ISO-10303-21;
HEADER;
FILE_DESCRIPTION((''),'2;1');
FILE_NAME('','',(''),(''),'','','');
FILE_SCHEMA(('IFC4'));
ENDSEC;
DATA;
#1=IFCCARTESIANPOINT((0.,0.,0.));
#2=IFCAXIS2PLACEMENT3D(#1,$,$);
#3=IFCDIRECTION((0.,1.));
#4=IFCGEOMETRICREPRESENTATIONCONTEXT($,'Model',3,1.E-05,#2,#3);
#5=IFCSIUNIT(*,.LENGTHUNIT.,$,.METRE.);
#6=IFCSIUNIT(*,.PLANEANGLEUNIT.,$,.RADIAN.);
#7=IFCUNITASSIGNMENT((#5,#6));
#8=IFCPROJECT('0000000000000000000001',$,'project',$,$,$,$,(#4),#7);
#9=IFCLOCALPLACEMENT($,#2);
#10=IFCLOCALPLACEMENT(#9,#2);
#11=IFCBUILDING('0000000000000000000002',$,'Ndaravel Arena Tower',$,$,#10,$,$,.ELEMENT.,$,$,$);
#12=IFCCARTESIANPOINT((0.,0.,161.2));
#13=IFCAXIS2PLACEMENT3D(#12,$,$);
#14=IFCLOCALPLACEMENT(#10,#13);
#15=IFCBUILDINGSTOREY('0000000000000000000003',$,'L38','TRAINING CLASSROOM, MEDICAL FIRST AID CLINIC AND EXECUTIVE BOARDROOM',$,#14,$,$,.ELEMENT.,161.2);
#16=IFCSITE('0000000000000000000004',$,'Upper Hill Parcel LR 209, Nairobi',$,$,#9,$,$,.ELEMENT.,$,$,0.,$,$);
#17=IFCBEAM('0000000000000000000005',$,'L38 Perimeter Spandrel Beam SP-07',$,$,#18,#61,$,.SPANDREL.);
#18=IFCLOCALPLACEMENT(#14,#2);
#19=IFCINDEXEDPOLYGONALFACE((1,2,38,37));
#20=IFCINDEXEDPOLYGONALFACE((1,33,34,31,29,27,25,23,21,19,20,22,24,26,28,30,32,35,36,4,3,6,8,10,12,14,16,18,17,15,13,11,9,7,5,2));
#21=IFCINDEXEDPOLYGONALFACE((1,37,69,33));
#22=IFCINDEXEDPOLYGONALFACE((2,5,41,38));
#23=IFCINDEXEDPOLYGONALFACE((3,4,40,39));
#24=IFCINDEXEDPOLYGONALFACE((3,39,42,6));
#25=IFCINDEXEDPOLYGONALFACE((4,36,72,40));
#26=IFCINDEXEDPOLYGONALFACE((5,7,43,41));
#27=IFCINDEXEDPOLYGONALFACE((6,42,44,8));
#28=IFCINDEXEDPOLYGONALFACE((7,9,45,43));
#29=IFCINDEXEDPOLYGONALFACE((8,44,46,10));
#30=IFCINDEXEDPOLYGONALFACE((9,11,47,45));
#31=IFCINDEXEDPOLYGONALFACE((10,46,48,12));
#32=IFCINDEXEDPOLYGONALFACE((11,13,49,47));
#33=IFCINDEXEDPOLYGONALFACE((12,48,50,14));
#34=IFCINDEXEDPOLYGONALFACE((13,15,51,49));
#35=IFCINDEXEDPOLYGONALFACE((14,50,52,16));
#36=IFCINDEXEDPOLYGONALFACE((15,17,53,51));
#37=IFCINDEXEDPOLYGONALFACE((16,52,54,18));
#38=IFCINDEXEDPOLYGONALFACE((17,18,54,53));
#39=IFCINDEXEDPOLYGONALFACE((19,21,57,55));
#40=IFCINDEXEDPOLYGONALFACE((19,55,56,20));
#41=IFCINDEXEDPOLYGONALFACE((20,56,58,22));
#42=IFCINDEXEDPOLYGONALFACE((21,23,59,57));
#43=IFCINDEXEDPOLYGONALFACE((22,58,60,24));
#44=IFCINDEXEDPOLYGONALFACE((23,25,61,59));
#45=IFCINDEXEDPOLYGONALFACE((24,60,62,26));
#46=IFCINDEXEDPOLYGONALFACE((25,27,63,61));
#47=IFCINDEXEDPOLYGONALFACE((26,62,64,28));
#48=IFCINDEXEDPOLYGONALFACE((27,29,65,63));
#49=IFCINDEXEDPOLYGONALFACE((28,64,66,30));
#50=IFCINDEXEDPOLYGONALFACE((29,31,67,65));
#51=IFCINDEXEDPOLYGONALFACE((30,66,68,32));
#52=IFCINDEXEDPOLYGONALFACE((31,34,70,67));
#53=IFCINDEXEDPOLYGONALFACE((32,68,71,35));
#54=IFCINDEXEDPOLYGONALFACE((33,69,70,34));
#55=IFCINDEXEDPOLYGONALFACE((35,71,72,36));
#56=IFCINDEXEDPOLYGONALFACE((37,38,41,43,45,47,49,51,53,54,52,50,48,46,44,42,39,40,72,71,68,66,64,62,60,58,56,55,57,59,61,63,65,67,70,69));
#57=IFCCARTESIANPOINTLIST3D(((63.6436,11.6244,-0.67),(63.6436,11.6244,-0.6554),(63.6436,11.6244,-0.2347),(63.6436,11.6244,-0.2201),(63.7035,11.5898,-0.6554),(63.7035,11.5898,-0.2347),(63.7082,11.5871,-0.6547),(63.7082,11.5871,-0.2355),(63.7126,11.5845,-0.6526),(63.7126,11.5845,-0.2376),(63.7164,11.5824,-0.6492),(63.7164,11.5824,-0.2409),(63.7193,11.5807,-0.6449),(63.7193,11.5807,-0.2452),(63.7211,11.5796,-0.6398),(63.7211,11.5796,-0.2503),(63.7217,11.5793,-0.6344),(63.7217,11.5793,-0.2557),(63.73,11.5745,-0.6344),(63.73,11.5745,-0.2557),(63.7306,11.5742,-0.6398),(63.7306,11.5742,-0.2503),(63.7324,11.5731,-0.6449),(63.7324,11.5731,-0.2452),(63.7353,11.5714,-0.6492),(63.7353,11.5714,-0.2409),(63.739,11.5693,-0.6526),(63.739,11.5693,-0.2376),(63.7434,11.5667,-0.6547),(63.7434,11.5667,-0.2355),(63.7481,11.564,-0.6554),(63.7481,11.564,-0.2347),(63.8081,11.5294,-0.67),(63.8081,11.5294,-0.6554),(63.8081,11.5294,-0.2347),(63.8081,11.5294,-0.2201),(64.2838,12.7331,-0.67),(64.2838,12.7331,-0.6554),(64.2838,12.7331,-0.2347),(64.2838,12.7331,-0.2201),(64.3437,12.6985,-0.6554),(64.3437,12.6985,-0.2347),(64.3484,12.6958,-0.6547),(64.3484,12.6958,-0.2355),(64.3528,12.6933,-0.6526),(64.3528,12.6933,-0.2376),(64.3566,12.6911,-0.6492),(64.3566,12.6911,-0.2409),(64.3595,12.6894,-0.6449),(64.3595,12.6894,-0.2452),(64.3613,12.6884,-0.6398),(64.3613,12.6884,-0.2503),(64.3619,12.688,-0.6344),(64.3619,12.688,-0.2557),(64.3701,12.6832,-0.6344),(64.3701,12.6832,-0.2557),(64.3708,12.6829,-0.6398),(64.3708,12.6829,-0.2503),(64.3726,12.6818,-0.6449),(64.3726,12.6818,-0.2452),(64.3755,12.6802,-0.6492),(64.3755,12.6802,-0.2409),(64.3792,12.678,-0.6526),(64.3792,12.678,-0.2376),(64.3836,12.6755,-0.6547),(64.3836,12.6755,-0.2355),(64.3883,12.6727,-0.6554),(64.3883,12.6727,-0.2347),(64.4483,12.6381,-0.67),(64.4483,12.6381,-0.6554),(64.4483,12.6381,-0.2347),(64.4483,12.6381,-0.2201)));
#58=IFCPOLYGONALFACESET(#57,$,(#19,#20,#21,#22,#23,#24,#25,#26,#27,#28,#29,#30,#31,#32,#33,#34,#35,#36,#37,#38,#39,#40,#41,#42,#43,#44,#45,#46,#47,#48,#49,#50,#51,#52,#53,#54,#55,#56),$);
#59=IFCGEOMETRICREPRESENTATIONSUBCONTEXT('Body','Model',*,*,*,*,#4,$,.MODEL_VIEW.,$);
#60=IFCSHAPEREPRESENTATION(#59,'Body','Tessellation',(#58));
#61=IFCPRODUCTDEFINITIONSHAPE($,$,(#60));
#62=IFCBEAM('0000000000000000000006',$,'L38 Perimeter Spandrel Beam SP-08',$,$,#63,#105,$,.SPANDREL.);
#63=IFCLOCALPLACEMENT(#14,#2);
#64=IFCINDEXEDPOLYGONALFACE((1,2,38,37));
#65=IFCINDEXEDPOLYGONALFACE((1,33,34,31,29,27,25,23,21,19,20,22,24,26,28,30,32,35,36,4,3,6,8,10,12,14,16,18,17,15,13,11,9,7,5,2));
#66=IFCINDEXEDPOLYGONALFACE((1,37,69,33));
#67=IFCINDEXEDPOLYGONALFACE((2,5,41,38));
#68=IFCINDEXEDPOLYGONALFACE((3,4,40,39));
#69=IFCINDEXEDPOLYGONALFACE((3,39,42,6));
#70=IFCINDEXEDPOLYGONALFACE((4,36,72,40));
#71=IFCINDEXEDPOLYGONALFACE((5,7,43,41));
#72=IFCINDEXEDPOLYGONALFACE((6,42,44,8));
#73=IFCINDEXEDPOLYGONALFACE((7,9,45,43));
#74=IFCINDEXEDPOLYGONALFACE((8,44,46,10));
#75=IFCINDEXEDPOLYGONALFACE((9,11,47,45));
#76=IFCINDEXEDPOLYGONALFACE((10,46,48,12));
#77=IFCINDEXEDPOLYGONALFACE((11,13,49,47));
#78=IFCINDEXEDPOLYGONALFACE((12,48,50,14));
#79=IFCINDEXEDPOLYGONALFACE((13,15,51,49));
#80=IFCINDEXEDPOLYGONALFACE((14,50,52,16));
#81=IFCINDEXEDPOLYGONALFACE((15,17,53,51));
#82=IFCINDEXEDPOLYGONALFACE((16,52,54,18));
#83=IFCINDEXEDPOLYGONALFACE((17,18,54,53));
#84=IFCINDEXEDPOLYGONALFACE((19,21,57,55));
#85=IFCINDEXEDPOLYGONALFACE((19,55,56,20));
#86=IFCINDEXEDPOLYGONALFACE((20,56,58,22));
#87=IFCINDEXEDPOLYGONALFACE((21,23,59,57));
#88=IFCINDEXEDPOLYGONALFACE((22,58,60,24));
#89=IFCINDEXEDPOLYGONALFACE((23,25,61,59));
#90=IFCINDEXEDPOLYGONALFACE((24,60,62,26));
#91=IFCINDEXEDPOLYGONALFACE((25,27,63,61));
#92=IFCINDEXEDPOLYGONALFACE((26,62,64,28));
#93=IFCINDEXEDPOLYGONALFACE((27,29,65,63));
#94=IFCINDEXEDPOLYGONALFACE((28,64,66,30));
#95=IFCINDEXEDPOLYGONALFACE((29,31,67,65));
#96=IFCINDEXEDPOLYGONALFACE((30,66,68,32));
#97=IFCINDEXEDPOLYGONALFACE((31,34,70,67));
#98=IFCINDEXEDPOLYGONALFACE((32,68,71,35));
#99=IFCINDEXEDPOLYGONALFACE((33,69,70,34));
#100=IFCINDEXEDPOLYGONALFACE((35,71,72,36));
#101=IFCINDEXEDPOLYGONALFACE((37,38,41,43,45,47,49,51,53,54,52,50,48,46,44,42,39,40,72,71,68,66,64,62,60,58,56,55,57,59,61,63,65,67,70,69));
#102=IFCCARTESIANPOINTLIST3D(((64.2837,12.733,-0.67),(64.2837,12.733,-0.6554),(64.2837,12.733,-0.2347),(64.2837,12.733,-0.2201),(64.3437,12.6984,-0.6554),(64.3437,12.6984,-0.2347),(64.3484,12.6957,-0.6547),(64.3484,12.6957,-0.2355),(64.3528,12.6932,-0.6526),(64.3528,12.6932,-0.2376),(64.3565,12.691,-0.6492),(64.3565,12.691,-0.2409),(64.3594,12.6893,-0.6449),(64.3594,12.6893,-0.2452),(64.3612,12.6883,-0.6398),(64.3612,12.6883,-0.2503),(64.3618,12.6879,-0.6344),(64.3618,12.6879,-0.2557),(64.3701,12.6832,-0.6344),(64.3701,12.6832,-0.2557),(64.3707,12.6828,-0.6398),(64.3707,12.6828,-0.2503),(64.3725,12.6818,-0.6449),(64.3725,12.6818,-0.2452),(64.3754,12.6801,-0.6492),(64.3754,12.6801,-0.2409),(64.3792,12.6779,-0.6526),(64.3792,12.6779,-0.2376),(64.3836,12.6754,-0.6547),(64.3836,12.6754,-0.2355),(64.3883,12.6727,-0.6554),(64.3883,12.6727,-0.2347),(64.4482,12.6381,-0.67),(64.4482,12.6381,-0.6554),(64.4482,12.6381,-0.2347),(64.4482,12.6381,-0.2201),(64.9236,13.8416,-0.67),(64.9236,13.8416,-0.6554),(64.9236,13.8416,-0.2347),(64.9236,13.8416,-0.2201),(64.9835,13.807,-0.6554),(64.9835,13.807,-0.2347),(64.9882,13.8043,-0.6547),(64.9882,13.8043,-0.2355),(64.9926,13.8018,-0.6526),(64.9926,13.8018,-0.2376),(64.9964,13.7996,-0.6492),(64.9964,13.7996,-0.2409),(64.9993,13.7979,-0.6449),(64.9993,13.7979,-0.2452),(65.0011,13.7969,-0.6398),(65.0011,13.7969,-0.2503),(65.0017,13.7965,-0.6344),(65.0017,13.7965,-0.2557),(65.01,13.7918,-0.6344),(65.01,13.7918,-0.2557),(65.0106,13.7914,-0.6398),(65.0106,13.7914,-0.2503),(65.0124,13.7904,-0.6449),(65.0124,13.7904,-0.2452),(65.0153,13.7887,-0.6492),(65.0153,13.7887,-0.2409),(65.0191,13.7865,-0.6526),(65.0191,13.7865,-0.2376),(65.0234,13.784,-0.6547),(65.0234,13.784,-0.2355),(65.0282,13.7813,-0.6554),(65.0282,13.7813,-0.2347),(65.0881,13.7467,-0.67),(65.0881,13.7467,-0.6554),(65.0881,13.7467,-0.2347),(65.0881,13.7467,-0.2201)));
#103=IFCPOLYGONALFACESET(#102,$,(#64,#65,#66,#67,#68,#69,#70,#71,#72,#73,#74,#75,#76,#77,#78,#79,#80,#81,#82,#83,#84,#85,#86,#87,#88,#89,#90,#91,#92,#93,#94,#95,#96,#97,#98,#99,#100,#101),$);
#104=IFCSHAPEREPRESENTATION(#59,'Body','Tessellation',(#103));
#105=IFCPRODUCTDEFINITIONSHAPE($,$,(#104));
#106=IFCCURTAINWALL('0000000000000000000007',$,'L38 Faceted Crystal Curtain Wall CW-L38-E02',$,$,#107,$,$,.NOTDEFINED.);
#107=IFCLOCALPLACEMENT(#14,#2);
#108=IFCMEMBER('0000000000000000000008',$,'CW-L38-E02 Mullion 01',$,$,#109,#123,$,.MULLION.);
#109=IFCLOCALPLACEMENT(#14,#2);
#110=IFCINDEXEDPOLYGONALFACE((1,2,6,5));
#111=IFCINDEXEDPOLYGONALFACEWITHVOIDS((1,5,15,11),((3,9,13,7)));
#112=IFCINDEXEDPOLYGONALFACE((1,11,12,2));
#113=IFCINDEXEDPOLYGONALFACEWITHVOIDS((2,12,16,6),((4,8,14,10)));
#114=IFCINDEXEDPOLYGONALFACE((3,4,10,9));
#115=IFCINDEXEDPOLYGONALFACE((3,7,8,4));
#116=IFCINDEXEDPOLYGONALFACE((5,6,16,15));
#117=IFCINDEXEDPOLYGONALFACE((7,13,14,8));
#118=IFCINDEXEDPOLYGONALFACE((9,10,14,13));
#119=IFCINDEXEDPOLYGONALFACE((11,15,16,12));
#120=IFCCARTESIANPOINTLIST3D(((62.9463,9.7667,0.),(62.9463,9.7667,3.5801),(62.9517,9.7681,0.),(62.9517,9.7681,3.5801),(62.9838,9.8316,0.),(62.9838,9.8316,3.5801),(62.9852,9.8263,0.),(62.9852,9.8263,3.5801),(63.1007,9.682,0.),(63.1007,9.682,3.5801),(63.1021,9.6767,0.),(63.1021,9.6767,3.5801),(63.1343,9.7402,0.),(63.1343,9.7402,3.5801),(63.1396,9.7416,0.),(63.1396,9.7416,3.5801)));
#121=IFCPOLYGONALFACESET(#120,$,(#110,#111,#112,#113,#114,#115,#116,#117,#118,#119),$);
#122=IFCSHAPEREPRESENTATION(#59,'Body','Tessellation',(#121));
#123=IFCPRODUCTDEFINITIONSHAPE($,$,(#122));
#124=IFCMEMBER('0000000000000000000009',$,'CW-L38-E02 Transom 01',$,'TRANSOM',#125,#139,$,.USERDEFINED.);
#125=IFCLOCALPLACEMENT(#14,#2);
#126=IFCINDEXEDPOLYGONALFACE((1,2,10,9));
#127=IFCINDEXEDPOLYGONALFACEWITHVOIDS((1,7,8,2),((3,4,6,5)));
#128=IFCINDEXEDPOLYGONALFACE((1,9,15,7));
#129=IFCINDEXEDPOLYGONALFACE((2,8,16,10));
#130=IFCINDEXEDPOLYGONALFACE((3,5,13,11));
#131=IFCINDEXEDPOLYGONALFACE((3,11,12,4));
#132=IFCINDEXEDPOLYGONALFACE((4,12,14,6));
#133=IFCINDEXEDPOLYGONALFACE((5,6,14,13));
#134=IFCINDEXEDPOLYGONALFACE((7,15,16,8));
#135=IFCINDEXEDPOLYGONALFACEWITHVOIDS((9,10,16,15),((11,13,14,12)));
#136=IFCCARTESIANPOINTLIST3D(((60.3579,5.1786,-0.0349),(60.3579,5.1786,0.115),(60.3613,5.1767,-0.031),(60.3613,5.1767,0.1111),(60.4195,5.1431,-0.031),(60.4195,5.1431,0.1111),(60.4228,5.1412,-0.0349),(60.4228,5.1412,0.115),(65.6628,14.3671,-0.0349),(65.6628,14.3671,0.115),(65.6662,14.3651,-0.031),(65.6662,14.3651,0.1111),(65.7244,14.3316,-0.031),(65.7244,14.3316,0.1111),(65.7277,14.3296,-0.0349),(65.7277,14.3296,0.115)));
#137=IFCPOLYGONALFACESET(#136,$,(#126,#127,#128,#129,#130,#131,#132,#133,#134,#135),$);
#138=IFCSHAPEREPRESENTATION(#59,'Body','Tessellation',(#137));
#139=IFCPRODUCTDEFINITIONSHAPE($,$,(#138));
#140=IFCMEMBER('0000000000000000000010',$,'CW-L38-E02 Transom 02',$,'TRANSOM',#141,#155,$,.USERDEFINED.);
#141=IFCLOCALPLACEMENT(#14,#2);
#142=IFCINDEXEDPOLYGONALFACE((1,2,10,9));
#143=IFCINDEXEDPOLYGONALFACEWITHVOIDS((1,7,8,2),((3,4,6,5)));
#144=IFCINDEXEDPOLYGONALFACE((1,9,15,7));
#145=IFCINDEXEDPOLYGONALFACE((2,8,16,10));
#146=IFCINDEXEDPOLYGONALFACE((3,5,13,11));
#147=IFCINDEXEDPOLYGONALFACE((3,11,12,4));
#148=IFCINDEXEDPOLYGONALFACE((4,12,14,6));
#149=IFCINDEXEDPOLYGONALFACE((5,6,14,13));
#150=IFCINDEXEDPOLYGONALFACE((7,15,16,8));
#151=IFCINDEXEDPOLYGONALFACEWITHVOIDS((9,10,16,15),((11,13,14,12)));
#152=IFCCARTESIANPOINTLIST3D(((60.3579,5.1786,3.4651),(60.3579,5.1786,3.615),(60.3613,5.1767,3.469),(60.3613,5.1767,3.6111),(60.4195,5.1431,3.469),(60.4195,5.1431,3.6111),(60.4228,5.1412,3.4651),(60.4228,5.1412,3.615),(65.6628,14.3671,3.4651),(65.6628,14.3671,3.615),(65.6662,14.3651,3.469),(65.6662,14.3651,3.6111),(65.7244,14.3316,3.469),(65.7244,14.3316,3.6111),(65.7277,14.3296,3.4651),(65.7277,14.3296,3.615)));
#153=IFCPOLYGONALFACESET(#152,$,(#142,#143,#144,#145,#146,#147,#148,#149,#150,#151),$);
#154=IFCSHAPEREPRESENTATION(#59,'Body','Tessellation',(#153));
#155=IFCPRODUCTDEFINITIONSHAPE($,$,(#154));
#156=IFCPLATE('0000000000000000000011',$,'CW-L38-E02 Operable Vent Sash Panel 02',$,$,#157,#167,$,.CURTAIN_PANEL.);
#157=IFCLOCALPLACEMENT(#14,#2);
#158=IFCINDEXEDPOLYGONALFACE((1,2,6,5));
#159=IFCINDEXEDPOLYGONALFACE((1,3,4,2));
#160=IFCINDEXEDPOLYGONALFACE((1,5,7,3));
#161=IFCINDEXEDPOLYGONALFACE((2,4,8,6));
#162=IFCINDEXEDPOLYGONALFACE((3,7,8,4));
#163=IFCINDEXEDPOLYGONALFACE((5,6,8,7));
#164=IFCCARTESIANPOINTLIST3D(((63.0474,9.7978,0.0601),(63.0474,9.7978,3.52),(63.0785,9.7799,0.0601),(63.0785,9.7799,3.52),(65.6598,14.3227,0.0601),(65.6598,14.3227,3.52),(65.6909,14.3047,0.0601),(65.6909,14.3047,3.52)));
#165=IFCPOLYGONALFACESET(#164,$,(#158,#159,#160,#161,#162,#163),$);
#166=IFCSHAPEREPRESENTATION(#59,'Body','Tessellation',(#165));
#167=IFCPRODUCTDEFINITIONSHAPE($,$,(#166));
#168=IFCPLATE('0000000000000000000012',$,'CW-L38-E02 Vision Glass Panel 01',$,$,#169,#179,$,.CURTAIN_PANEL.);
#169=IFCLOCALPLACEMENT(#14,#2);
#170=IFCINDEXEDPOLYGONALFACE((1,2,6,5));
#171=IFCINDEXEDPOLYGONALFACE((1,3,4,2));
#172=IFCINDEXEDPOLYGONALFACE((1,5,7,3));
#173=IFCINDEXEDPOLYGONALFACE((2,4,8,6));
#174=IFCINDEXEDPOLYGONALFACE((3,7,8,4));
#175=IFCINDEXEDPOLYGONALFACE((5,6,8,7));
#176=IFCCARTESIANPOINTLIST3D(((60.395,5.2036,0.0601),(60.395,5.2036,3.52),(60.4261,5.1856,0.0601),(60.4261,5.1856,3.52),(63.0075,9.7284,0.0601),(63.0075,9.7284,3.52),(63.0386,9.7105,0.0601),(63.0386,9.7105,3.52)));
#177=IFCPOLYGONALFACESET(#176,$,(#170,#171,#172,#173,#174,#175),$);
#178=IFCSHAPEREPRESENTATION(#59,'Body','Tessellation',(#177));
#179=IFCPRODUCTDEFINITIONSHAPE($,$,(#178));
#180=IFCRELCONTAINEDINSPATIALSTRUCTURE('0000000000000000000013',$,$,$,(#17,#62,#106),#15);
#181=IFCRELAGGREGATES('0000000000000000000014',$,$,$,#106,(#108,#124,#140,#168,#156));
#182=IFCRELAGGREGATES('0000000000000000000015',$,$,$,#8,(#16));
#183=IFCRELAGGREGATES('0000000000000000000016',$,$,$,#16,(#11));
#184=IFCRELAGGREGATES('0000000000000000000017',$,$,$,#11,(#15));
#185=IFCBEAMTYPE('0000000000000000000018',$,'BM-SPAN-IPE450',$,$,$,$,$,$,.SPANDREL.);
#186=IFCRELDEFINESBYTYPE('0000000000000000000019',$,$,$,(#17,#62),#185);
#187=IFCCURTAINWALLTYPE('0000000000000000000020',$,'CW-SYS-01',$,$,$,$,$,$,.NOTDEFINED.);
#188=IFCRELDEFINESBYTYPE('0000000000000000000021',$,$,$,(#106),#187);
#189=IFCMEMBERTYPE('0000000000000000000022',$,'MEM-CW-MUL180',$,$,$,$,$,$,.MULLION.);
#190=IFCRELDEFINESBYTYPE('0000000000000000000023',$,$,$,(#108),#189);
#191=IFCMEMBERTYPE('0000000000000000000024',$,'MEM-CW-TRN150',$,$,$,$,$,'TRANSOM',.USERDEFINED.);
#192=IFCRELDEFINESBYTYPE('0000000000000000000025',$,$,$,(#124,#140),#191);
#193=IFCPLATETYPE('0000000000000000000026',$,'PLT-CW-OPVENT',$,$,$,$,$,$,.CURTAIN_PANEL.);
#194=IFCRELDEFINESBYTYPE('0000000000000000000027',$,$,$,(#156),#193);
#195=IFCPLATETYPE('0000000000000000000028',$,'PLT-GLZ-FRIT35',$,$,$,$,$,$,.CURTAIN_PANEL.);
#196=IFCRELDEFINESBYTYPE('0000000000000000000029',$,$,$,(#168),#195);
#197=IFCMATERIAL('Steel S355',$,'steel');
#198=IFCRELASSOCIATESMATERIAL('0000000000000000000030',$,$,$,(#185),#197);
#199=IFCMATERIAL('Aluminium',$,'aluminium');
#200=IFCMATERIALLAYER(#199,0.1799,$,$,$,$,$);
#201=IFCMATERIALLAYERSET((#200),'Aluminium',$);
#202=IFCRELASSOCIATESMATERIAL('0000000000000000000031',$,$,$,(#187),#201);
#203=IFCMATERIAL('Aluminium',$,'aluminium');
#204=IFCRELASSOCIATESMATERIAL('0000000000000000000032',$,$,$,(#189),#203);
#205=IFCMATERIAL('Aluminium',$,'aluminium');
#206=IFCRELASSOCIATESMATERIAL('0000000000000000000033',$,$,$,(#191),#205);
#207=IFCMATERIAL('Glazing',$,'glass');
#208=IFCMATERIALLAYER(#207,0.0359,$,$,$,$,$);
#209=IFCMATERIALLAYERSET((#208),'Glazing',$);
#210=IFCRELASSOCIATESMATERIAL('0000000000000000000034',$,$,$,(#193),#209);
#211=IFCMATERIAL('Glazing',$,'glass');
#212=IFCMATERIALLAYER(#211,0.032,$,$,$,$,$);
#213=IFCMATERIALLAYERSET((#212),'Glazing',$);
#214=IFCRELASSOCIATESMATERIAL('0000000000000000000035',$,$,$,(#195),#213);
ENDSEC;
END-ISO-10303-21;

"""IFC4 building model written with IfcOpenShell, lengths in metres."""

from ifc_helpers import new_model, si_unit, direction, frame, origin, origin_2d, place, context, subcontext, project, spatial, rectangle, hollow_rectangle, i_section, extrude, material, layer, layer_set, material_profile, profile_set, type_object, element, aggregate, save


model = new_model("IFC4")

# Units and contexts
model_context = context("Model", 3, precision=1e-05, world=origin(), true_north=direction((0.0, 1.0)))
body_context = subcontext(model_context, "Body", "Model", "MODEL_VIEW")
ifc_project = project(units=[si_unit("LENGTHUNIT", "METRE"), si_unit("PLANEANGLEUNIT", "RADIAN")], contexts=[model_context])

# Site, building, storey
site_placement = place(None, origin())
site = spatial("IfcSite", under=ifc_project, at=site_placement, Name="Upper Hill Parcel LR 209, Nairobi", CompositionType="ELEMENT", RefElevation=0.0)
building_placement = place(site_placement, origin())
building = spatial("IfcBuilding", under=site, at=building_placement, Name="Ndaravel Arena Tower", CompositionType="ELEMENT")
storey_placement = place(building_placement, frame((0.0, 0.0, 161.2)))
storey = spatial("IfcBuildingStorey", under=building, at=storey_placement, Name="L38", Description="TRAINING CLASSROOM, MEDICAL FIRST AID CLINIC AND EXECUTIVE BOARDROOM", CompositionType="ELEMENT", Elevation=161.2)

# Beams
ifc_material_1 = material(Name="Steel S355", Category="steel")
ifc_material_profile_1 = material_profile(ifc_material_1, i_section(OverallWidth=0.1899, OverallDepth=0.45, WebThickness=0.0095, FlangeThickness=0.0146, FilletRadius=0.021, at=origin_2d()), Name="IPE 450")
ifc_profile_set_1 = profile_set([ifc_material_profile_1], Name="Steel S355")
beam_type = type_object("IfcBeamType", Name="BM-SPAN-IPE450", PredefinedType="SPANDREL", material=ifc_profile_set_1)
beam_1_placement = place(storey_placement, frame((63.7258, 11.5769, -0.4451), z_axis=(0.500036, 0.866005, 0.0), x_axis=(-0.866005, 0.500036, 0.0)))
element("IfcBeam", 1, at=beam_1_placement, inside=storey, type_object=beam_type, Name="L38 Perimeter Spandrel Beam SP-07", PredefinedType="SPANDREL", context=body_context, shape_type="SweptSolid", body=[
    extrude(i_section(OverallWidth=0.1899, OverallDepth=0.45, WebThickness=0.0095, FlangeThickness=0.0146, FilletRadius=0.021, at=origin_2d()), origin(), (0.0, 0.0, 1.0), 1.2803),
])
beam_2_placement = place(storey_placement, frame((64.366, 12.6855, -0.4451), z_axis=(0.499893, 0.866087, 0.0), x_axis=(-0.866087, 0.499893, 0.0)))
element("IfcBeam", 2, at=beam_2_placement, inside=storey, type_object=beam_type, Name="L38 Perimeter Spandrel Beam SP-08", PredefinedType="SPANDREL", context=body_context, shape_type="SweptSolid", body=[
    extrude(i_section(OverallWidth=0.1899, OverallDepth=0.45, WebThickness=0.0095, FlangeThickness=0.0146, FilletRadius=0.021, at=origin_2d()), origin(), (0.0, 0.0, 1.0), 1.28),
])

# Curtain wall, members, plates
ifc_material_2 = material(Name="Aluminium", Category="aluminium")
ifc_layer_1 = layer(ifc_material_2, 0.1799)
ifc_layer_set_1 = layer_set([ifc_layer_1], Name="Aluminium")
curtain_wall_type = type_object("IfcCurtainWallType", Name="CW-SYS-01", PredefinedType="NOTDEFINED", material=ifc_layer_set_1)
curtain_wall_placement = place(storey_placement, origin())
curtain_wall = element("IfcCurtainWall", 3, at=curtain_wall_placement, inside=storey, type_object=curtain_wall_type, Name="L38 Faceted Crystal Curtain Wall CW-L38-E02", PredefinedType="NOTDEFINED")
ifc_material_3 = material(Name="Aluminium", Category="aluminium")
ifc_material_profile_2 = material_profile(ifc_material_3, hollow_rectangle(XDim=0.075, YDim=0.1799, WallThickness=0.0039, at=origin_2d()), Name="CW MULLION 75x180x4")
ifc_profile_set_2 = profile_set([ifc_material_profile_2], Name="Aluminium")
member_type_1 = type_object("IfcMemberType", Name="MEM-CW-MUL180", PredefinedType="MULLION", material=ifc_profile_set_2)
member_1_placement = place(storey_placement, frame((63.043, 9.7542, 0.0), z_axis=(0.0, 0.0, 1.0), x_axis=(0.5, 0.866025, 0.0)))
member_1 = element("IfcMember", 4, at=member_1_placement, type_object=member_type_1, Name="CW-L38-E02 Mullion 01", PredefinedType="MULLION", context=body_context, shape_type="SweptSolid", body=[
    extrude(hollow_rectangle(XDim=0.075, YDim=0.1799, WallThickness=0.0039, at=origin_2d()), origin(), (0.0, 0.0, 1.0), 3.5801),
])
ifc_material_4 = material(Name="Aluminium", Category="aluminium")
ifc_material_profile_3 = material_profile(ifc_material_4, hollow_rectangle(XDim=0.075, YDim=0.1499, WallThickness=0.0039, at=origin_2d()), Name="CW TRANSOM 75x150x4")
ifc_profile_set_3 = profile_set([ifc_material_profile_3], Name="Aluminium")
member_type_2 = type_object("IfcMemberType", Name="MEM-CW-TRN150", ElementType="TRANSOM", PredefinedType="USERDEFINED", material=ifc_profile_set_3)
member_2_placement = place(storey_placement, frame((60.3904, 5.1599, 0.04), z_axis=(0.499997, 0.866027, 0.0), x_axis=(-0.866027, 0.499997, 0.0)))
member_2 = element("IfcMember", 5, at=member_2_placement, type_object=member_type_2, Name="CW-L38-E02 Transom 01", ObjectType="TRANSOM", PredefinedType="USERDEFINED", context=body_context, shape_type="SweptSolid", body=[
    extrude(hollow_rectangle(XDim=0.075, YDim=0.1499, WallThickness=0.0039, at=origin_2d()), origin(), (0.0, 0.0, 1.0), 10.6099),
])
member_3_placement = place(storey_placement, frame((60.3904, 5.1599, 3.54), z_axis=(0.499997, 0.866027, 0.0), x_axis=(-0.866027, 0.499997, 0.0)))
member_3 = element("IfcMember", 6, at=member_3_placement, type_object=member_type_2, Name="CW-L38-E02 Transom 02", ObjectType="TRANSOM", PredefinedType="USERDEFINED", context=body_context, shape_type="SweptSolid", body=[
    extrude(hollow_rectangle(XDim=0.075, YDim=0.1499, WallThickness=0.0039, at=origin_2d()), origin(), (0.0, 0.0, 1.0), 10.6099),
])
ifc_material_5 = material(Name="Glazing", Category="glass")
ifc_layer_2 = layer(ifc_material_5, 0.0359)
ifc_layer_set_2 = layer_set([ifc_layer_2], Name="Glazing")
plate_type_1 = type_object("IfcPlateType", Name="PLT-CW-OPVENT", PredefinedType="CURTAIN_PANEL", material=ifc_layer_set_2)
plate_1_placement = place(storey_placement, frame((64.3691, 12.0513, 0.0601), z_axis=(0.0, 0.0, 1.0), x_axis=(0.5, 0.866025, 0.0)))
plate_1 = element("IfcPlate", 7, at=plate_1_placement, type_object=plate_type_1, Name="CW-L38-E02 Operable Vent Sash Panel 02", PredefinedType="CURTAIN_PANEL", context=body_context, shape_type="SweptSolid", body=[
    extrude(rectangle(XDim=5.2249, YDim=0.0359, at=origin_2d()), origin(), (0.0, 0.0, 1.0), 3.46),
])
ifc_material_6 = material(Name="Glazing", Category="glass")
ifc_layer_3 = layer(ifc_material_6, 0.032)
ifc_layer_set_3 = layer_set([ifc_layer_3], Name="Glazing")
plate_type_2 = type_object("IfcPlateType", Name="PLT-GLZ-FRIT35", PredefinedType="CURTAIN_PANEL", material=ifc_layer_set_3)
plate_2_placement = place(storey_placement, frame((61.7168, 7.457, 0.0601), z_axis=(0.0, 0.0, 1.0), x_axis=(0.5, 0.866025, 0.0)))
plate_2 = element("IfcPlate", 8, at=plate_2_placement, type_object=plate_type_2, Name="CW-L38-E02 Vision Glass Panel 01", PredefinedType="CURTAIN_PANEL", context=body_context, shape_type="SweptSolid", body=[
    extrude(rectangle(XDim=5.2249, YDim=0.0359, at=origin_2d()), origin(), (0.0, 0.0, 1.0), 3.46),
])
aggregate(curtain_wall, [member_1, member_2, member_3, plate_2, plate_1])

save(model, "model.ifc")
